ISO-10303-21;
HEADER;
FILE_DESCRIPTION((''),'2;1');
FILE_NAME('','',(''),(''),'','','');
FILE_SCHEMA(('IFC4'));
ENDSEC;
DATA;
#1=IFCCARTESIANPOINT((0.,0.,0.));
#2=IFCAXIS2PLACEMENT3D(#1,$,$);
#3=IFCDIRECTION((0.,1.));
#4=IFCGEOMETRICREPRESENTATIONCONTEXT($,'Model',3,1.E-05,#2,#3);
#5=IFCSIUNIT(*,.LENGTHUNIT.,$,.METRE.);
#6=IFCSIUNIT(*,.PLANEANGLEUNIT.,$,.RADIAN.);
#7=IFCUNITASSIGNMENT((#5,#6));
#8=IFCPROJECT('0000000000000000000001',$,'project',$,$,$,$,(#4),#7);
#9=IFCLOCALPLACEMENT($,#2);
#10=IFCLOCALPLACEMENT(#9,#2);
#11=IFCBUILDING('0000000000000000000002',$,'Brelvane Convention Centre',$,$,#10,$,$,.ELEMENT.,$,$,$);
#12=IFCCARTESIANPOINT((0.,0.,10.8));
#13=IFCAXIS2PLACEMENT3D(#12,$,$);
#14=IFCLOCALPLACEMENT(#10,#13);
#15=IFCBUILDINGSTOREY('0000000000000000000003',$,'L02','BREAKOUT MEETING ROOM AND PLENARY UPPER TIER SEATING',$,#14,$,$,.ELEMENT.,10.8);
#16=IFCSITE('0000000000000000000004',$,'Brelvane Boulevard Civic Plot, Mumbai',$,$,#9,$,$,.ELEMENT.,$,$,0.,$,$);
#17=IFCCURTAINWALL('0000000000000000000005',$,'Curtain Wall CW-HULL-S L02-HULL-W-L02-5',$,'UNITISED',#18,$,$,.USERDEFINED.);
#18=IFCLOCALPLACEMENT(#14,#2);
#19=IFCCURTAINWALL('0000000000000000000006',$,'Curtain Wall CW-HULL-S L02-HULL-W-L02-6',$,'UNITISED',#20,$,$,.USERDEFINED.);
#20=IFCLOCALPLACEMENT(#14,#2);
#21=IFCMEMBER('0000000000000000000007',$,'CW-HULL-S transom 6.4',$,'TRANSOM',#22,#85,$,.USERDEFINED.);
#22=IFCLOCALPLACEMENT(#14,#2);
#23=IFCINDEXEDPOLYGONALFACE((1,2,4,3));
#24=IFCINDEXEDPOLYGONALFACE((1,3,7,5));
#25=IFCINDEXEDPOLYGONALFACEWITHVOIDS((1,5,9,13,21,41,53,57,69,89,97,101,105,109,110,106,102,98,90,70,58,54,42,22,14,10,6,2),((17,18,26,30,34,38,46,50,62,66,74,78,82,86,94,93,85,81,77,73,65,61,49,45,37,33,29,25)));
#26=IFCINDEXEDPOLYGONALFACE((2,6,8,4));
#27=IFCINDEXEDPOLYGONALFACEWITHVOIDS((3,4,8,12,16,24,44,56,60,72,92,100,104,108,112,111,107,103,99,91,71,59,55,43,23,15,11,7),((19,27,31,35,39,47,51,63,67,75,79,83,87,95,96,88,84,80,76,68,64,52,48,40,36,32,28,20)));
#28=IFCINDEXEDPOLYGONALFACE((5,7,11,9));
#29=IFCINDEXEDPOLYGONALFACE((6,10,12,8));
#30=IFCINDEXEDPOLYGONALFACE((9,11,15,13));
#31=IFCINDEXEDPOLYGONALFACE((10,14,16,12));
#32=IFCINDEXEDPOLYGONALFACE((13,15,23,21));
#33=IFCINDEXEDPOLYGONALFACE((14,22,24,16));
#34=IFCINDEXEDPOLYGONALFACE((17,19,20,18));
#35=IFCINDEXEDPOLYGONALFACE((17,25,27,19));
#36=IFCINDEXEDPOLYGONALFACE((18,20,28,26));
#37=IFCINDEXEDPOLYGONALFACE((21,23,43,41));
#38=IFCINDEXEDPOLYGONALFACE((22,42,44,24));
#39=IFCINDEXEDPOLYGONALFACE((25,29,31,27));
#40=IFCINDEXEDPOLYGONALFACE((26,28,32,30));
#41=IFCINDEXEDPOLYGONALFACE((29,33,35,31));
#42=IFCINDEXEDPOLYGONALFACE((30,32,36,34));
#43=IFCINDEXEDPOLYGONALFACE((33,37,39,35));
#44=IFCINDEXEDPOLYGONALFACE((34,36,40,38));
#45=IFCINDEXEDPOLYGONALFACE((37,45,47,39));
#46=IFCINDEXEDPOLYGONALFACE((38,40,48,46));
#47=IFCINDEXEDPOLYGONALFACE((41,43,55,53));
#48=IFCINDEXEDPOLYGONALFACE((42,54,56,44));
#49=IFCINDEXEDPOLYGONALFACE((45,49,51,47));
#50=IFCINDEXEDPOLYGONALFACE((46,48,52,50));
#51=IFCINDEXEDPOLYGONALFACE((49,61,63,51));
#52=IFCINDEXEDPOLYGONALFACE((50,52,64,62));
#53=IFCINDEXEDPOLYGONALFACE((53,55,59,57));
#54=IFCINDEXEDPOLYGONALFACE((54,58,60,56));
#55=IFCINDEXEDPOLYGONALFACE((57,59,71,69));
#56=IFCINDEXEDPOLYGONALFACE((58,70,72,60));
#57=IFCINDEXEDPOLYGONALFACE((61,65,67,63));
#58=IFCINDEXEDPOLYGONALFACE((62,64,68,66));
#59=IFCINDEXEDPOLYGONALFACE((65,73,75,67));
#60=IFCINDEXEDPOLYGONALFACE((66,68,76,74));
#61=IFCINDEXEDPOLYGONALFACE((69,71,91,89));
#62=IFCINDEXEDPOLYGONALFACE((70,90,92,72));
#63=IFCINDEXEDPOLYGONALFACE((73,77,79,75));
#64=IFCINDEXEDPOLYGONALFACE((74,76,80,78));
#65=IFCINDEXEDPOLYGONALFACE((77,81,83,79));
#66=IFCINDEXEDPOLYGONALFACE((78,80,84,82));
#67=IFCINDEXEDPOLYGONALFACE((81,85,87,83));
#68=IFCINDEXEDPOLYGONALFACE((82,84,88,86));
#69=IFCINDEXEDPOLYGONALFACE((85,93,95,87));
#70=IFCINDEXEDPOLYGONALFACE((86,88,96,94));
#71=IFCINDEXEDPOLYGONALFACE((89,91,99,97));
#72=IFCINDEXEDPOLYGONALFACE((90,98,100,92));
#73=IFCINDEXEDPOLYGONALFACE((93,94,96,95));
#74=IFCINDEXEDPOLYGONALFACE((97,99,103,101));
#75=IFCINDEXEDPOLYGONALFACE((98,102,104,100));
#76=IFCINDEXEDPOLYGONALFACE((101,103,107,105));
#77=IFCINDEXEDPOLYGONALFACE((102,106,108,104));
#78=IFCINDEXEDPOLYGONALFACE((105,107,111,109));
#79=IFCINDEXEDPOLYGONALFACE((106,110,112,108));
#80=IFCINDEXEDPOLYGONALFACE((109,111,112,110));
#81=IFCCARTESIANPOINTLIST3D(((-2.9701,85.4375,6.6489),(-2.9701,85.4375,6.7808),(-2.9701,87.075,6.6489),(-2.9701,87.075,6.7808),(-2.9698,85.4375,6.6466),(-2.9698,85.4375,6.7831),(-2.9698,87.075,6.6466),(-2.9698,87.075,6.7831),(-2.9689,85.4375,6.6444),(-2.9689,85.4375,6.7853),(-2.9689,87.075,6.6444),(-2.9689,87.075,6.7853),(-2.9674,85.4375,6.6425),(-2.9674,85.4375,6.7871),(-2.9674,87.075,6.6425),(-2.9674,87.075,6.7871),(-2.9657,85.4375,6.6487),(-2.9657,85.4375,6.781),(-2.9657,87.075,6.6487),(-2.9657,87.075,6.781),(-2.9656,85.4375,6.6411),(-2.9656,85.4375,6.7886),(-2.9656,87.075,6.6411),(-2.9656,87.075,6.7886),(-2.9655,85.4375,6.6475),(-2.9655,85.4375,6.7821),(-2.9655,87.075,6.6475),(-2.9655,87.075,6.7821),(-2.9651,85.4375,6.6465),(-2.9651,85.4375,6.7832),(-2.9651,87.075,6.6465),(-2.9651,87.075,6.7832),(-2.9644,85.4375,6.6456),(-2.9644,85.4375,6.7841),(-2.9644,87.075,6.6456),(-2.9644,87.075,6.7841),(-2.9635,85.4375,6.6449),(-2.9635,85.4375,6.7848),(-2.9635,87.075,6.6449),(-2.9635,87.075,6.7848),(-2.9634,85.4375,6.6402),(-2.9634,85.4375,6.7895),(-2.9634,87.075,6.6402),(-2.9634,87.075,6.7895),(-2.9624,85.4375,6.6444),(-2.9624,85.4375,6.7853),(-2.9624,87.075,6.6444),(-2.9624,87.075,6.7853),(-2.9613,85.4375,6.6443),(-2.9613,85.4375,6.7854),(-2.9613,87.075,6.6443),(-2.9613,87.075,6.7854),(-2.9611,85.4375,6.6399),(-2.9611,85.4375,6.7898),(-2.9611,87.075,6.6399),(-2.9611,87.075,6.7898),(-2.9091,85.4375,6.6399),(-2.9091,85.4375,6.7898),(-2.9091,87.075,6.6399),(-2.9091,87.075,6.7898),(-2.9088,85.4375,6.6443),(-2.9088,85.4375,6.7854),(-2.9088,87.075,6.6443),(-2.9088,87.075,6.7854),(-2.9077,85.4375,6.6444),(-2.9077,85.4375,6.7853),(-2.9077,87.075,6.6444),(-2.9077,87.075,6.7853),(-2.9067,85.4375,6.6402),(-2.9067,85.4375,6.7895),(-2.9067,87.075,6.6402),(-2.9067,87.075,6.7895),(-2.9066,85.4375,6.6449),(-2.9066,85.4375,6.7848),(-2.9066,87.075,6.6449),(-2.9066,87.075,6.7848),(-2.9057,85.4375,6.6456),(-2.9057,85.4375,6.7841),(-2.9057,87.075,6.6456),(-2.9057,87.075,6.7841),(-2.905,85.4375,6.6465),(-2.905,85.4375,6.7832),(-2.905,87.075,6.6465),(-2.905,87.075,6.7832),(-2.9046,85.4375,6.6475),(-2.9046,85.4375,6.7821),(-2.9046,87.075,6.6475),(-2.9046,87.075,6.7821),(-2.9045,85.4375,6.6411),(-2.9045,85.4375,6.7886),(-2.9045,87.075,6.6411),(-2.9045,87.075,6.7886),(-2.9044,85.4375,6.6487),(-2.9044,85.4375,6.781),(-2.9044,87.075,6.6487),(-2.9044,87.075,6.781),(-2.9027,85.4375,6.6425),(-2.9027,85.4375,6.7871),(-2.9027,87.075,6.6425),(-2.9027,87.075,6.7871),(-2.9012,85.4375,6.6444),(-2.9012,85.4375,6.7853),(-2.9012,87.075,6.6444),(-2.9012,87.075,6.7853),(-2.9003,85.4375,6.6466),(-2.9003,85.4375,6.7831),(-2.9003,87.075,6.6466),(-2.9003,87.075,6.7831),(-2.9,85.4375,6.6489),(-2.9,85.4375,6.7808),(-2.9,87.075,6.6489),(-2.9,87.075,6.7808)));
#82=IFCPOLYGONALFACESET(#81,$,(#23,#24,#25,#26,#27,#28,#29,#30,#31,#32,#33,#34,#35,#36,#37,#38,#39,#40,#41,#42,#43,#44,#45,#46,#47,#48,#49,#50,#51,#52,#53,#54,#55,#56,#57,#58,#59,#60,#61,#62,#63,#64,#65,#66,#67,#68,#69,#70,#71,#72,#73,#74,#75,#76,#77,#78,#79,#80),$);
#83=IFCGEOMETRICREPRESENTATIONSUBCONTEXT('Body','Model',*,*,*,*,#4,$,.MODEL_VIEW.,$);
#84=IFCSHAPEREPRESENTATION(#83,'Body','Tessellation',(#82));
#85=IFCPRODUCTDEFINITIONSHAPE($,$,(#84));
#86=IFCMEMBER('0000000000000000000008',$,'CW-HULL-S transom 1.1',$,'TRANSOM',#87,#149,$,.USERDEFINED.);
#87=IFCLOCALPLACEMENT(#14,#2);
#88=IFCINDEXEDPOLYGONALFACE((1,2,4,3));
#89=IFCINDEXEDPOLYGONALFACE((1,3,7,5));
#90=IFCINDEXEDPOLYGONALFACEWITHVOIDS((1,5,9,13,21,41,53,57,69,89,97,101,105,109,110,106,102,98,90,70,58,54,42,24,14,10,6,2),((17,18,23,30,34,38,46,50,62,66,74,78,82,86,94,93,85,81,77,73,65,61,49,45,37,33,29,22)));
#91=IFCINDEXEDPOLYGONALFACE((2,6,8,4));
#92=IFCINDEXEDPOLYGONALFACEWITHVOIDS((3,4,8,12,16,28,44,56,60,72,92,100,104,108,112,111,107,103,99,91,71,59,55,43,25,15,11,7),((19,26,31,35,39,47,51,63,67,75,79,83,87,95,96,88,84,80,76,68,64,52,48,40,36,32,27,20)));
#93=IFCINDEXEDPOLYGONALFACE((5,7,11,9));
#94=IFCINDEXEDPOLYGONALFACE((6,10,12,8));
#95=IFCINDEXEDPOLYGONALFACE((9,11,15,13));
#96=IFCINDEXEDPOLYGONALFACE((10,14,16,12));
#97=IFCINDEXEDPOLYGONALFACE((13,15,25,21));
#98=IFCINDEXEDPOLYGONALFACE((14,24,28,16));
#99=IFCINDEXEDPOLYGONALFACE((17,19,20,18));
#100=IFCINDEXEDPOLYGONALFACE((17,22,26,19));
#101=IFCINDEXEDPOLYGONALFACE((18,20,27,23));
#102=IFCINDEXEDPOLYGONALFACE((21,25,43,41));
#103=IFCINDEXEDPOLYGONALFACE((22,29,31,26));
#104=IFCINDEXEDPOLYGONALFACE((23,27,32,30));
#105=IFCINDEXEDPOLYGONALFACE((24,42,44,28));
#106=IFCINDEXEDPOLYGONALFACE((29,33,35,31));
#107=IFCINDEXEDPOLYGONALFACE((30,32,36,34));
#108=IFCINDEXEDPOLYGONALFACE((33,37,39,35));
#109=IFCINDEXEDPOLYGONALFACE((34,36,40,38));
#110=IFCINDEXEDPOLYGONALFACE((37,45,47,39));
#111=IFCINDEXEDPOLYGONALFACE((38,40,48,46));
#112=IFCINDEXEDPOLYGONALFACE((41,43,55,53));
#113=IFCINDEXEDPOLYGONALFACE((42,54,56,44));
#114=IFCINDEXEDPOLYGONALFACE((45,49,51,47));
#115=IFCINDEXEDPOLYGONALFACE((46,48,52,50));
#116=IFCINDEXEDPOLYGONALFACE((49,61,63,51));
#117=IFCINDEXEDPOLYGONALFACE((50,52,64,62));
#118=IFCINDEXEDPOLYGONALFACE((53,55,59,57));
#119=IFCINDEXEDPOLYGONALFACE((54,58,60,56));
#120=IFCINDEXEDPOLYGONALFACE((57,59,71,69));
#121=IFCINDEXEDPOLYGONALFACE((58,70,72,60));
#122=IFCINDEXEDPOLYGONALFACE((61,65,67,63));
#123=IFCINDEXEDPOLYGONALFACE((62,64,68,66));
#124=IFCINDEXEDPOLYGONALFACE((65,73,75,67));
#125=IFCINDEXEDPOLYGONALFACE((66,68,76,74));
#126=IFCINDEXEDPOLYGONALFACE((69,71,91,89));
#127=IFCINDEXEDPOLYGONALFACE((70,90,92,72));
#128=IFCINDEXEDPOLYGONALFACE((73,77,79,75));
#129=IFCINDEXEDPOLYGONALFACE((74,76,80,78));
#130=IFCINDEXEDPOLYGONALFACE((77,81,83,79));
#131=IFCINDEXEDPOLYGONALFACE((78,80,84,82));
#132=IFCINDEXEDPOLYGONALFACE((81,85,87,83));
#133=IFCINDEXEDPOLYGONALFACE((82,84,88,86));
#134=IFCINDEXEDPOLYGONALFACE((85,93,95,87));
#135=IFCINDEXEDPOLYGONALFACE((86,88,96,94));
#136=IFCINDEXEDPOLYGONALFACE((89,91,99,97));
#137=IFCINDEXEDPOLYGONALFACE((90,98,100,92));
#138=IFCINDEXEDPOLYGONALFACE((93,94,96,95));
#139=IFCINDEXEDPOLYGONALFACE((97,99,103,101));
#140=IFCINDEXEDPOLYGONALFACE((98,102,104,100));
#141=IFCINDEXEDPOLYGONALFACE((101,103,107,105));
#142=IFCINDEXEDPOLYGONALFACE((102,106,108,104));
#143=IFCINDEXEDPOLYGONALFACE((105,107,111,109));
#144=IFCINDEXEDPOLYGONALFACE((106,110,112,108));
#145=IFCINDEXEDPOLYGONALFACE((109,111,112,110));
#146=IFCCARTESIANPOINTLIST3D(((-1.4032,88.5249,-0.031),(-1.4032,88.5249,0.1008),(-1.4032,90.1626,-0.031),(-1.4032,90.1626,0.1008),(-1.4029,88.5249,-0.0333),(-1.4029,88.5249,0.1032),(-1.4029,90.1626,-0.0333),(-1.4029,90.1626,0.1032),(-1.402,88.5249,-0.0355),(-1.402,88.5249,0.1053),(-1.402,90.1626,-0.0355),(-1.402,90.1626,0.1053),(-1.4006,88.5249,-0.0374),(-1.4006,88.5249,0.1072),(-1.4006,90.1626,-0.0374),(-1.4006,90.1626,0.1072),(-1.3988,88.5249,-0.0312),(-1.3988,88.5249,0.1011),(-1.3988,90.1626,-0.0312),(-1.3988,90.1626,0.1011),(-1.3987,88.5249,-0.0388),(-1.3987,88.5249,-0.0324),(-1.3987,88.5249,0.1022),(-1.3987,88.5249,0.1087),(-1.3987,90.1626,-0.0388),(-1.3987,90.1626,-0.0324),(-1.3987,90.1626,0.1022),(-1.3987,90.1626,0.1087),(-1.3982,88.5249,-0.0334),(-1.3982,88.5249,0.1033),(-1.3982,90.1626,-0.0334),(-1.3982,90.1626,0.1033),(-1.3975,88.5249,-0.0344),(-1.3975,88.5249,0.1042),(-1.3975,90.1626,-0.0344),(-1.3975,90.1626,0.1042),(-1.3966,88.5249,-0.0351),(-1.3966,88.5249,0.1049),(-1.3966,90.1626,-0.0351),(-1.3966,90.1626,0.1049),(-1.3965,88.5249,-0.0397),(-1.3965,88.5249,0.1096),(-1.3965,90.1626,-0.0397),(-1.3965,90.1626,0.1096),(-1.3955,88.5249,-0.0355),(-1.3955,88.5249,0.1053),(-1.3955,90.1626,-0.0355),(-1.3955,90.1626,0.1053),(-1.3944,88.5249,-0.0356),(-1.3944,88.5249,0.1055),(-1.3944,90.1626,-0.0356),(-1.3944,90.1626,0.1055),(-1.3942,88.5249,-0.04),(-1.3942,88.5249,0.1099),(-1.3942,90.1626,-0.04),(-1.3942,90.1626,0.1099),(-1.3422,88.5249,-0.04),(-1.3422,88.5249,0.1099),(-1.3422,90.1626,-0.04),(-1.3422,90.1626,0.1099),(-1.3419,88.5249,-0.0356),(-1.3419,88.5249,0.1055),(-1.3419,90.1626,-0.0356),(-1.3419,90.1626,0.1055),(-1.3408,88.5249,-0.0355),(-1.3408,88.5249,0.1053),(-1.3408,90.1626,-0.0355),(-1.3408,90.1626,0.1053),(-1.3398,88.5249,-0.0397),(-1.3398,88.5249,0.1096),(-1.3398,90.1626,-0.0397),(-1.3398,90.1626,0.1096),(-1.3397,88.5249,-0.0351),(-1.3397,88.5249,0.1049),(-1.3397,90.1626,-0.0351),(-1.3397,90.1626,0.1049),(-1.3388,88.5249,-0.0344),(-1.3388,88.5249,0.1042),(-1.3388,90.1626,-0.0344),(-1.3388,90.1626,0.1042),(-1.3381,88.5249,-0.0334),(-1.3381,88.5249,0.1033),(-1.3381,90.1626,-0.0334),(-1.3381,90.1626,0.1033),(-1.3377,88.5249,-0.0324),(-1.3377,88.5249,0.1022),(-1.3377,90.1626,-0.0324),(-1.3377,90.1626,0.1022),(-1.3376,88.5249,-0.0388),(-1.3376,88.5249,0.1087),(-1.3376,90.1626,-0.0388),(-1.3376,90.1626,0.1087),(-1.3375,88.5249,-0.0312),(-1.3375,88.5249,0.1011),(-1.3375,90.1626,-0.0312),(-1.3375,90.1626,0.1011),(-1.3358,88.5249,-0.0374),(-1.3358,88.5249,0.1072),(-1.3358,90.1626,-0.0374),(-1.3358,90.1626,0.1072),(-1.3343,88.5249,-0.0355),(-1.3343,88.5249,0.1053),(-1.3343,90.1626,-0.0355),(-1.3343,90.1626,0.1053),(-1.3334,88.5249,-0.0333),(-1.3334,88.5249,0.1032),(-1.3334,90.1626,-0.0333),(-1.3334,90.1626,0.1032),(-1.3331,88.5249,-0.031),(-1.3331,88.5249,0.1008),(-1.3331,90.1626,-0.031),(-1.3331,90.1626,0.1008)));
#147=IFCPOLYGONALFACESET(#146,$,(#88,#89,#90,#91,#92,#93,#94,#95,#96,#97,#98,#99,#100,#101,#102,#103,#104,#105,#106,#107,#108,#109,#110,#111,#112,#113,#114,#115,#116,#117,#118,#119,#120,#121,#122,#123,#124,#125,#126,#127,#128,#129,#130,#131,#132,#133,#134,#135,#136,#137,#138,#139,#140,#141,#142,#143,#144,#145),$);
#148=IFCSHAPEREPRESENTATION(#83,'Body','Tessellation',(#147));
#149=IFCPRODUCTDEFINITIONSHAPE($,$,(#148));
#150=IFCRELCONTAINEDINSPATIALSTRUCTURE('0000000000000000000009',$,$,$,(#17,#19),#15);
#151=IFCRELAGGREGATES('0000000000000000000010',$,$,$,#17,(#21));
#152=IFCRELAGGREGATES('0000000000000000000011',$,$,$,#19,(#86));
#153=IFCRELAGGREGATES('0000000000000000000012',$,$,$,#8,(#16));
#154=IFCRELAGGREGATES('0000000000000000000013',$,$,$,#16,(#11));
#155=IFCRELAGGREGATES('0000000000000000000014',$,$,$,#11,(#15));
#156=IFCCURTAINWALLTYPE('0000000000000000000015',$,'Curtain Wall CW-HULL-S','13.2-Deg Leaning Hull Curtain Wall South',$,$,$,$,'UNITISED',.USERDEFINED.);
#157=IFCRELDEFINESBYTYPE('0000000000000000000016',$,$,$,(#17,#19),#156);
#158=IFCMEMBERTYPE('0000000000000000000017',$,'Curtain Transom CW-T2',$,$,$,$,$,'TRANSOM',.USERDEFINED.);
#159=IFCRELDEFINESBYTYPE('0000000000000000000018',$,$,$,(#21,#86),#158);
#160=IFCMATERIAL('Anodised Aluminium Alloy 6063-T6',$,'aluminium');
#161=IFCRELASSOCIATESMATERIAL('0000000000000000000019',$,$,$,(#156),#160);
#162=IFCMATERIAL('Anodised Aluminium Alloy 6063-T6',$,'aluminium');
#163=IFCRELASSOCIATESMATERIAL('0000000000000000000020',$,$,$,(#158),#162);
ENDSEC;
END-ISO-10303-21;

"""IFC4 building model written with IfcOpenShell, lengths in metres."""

from ifc_helpers import new_model, si_unit, direction, frame, origin, origin_2d, place, context, subcontext, project, spatial, hollow_rectangle, extrude, material, material_profile, profile_set, type_object, element, aggregate, save


model = new_model("IFC4")

# Units and contexts
model_context = context("Model", 3, precision=1e-05, world=origin(), true_north=direction((0.0, 1.0)))
body_context = subcontext(model_context, "Body", "Model", "MODEL_VIEW")
ifc_project = project(units=[si_unit("LENGTHUNIT", "METRE"), si_unit("PLANEANGLEUNIT", "RADIAN")], contexts=[model_context])

# Site, building, storey
site_placement = place(None, origin())
site = spatial("IfcSite", under=ifc_project, at=site_placement, Name="Brelvane Boulevard Civic Plot, Mumbai", CompositionType="ELEMENT", RefElevation=0.0)
building_placement = place(site_placement, origin())
building = spatial("IfcBuilding", under=site, at=building_placement, Name="Brelvane Convention Centre", CompositionType="ELEMENT")
storey_placement = place(building_placement, frame((0.0, 0.0, 10.8)))
storey = spatial("IfcBuildingStorey", under=building, at=storey_placement, Name="L02", Description="BREAKOUT MEETING ROOM AND PLENARY UPPER TIER SEATING", CompositionType="ELEMENT", Elevation=10.8)

# Curtain walls
ifc_material_1 = material(Name="Anodised Aluminium Alloy 6063-T6", Category="aluminium")
curtain_wall_type = type_object("IfcCurtainWallType", Name="Curtain Wall CW-HULL-S", Description="13.2-Deg Leaning Hull Curtain Wall South", ElementType="UNITISED", PredefinedType="USERDEFINED", material=ifc_material_1)
curtain_wall_1_placement = place(storey_placement, origin())
curtain_wall_1 = element("IfcCurtainWall", 1, at=curtain_wall_1_placement, inside=storey, type_object=curtain_wall_type, Name="Curtain Wall CW-HULL-S L02-HULL-W-L02-5", ObjectType="UNITISED", PredefinedType="USERDEFINED")
curtain_wall_2_placement = place(storey_placement, origin())
curtain_wall_2 = element("IfcCurtainWall", 2, at=curtain_wall_2_placement, inside=storey, type_object=curtain_wall_type, Name="Curtain Wall CW-HULL-S L02-HULL-W-L02-6", ObjectType="UNITISED", PredefinedType="USERDEFINED")

# Members
ifc_material_2 = material(Name="Anodised Aluminium Alloy 6063-T6", Category="aluminium")
ifc_material_profile_1 = material_profile(ifc_material_2, hollow_rectangle(XDim=0.0701, YDim=0.1499, WallThickness=0.0044, InnerFilletRadius=0.0044, OuterFilletRadius=0.009, at=origin_2d()), Name="ALU-T 150x70x4.5")
ifc_profile_set_1 = profile_set([ifc_material_profile_1], Name="Anodised Aluminium Alloy 6063-T6")
member_type_1 = type_object("IfcMemberType", Name="Curtain Transom CW-T2", ElementType="TRANSOM", PredefinedType="USERDEFINED", material=ifc_profile_set_1)
member_1_placement = place(storey_placement, frame((-2.9351, 85.4375, 6.7148), z_axis=(0.0, 1.0, 0.0), x_axis=(-1.0, 0.0, 0.0)))
member_1 = element("IfcMember", 3, at=member_1_placement, type_object=member_type_1, Name="CW-HULL-S transom 6.4", ObjectType="TRANSOM", PredefinedType="USERDEFINED", context=body_context, shape_type="SweptSolid", body=[
    extrude(hollow_rectangle(XDim=0.0701, YDim=0.1499, WallThickness=0.0044, InnerFilletRadius=0.0044, OuterFilletRadius=0.009, at=origin_2d()), origin(), (0.0, 0.0, 1.0), 1.6375),
])
member_2_placement = place(storey_placement, frame((-1.3682, 88.5249, 0.0349), z_axis=(0.0, 1.0, 0.0), x_axis=(-1.0, 0.0, 0.0)))
member_2 = element("IfcMember", 4, at=member_2_placement, type_object=member_type_1, Name="CW-HULL-S transom 1.1", ObjectType="TRANSOM", PredefinedType="USERDEFINED", context=body_context, shape_type="SweptSolid", body=[
    extrude(hollow_rectangle(XDim=0.0701, YDim=0.1499, WallThickness=0.0044, InnerFilletRadius=0.0044, OuterFilletRadius=0.009, at=origin_2d()), origin(), (0.0, 0.0, 1.0), 1.6377),
])

aggregate(curtain_wall_1, [member_1])
aggregate(curtain_wall_2, [member_2])

save(model, "model.ifc")
